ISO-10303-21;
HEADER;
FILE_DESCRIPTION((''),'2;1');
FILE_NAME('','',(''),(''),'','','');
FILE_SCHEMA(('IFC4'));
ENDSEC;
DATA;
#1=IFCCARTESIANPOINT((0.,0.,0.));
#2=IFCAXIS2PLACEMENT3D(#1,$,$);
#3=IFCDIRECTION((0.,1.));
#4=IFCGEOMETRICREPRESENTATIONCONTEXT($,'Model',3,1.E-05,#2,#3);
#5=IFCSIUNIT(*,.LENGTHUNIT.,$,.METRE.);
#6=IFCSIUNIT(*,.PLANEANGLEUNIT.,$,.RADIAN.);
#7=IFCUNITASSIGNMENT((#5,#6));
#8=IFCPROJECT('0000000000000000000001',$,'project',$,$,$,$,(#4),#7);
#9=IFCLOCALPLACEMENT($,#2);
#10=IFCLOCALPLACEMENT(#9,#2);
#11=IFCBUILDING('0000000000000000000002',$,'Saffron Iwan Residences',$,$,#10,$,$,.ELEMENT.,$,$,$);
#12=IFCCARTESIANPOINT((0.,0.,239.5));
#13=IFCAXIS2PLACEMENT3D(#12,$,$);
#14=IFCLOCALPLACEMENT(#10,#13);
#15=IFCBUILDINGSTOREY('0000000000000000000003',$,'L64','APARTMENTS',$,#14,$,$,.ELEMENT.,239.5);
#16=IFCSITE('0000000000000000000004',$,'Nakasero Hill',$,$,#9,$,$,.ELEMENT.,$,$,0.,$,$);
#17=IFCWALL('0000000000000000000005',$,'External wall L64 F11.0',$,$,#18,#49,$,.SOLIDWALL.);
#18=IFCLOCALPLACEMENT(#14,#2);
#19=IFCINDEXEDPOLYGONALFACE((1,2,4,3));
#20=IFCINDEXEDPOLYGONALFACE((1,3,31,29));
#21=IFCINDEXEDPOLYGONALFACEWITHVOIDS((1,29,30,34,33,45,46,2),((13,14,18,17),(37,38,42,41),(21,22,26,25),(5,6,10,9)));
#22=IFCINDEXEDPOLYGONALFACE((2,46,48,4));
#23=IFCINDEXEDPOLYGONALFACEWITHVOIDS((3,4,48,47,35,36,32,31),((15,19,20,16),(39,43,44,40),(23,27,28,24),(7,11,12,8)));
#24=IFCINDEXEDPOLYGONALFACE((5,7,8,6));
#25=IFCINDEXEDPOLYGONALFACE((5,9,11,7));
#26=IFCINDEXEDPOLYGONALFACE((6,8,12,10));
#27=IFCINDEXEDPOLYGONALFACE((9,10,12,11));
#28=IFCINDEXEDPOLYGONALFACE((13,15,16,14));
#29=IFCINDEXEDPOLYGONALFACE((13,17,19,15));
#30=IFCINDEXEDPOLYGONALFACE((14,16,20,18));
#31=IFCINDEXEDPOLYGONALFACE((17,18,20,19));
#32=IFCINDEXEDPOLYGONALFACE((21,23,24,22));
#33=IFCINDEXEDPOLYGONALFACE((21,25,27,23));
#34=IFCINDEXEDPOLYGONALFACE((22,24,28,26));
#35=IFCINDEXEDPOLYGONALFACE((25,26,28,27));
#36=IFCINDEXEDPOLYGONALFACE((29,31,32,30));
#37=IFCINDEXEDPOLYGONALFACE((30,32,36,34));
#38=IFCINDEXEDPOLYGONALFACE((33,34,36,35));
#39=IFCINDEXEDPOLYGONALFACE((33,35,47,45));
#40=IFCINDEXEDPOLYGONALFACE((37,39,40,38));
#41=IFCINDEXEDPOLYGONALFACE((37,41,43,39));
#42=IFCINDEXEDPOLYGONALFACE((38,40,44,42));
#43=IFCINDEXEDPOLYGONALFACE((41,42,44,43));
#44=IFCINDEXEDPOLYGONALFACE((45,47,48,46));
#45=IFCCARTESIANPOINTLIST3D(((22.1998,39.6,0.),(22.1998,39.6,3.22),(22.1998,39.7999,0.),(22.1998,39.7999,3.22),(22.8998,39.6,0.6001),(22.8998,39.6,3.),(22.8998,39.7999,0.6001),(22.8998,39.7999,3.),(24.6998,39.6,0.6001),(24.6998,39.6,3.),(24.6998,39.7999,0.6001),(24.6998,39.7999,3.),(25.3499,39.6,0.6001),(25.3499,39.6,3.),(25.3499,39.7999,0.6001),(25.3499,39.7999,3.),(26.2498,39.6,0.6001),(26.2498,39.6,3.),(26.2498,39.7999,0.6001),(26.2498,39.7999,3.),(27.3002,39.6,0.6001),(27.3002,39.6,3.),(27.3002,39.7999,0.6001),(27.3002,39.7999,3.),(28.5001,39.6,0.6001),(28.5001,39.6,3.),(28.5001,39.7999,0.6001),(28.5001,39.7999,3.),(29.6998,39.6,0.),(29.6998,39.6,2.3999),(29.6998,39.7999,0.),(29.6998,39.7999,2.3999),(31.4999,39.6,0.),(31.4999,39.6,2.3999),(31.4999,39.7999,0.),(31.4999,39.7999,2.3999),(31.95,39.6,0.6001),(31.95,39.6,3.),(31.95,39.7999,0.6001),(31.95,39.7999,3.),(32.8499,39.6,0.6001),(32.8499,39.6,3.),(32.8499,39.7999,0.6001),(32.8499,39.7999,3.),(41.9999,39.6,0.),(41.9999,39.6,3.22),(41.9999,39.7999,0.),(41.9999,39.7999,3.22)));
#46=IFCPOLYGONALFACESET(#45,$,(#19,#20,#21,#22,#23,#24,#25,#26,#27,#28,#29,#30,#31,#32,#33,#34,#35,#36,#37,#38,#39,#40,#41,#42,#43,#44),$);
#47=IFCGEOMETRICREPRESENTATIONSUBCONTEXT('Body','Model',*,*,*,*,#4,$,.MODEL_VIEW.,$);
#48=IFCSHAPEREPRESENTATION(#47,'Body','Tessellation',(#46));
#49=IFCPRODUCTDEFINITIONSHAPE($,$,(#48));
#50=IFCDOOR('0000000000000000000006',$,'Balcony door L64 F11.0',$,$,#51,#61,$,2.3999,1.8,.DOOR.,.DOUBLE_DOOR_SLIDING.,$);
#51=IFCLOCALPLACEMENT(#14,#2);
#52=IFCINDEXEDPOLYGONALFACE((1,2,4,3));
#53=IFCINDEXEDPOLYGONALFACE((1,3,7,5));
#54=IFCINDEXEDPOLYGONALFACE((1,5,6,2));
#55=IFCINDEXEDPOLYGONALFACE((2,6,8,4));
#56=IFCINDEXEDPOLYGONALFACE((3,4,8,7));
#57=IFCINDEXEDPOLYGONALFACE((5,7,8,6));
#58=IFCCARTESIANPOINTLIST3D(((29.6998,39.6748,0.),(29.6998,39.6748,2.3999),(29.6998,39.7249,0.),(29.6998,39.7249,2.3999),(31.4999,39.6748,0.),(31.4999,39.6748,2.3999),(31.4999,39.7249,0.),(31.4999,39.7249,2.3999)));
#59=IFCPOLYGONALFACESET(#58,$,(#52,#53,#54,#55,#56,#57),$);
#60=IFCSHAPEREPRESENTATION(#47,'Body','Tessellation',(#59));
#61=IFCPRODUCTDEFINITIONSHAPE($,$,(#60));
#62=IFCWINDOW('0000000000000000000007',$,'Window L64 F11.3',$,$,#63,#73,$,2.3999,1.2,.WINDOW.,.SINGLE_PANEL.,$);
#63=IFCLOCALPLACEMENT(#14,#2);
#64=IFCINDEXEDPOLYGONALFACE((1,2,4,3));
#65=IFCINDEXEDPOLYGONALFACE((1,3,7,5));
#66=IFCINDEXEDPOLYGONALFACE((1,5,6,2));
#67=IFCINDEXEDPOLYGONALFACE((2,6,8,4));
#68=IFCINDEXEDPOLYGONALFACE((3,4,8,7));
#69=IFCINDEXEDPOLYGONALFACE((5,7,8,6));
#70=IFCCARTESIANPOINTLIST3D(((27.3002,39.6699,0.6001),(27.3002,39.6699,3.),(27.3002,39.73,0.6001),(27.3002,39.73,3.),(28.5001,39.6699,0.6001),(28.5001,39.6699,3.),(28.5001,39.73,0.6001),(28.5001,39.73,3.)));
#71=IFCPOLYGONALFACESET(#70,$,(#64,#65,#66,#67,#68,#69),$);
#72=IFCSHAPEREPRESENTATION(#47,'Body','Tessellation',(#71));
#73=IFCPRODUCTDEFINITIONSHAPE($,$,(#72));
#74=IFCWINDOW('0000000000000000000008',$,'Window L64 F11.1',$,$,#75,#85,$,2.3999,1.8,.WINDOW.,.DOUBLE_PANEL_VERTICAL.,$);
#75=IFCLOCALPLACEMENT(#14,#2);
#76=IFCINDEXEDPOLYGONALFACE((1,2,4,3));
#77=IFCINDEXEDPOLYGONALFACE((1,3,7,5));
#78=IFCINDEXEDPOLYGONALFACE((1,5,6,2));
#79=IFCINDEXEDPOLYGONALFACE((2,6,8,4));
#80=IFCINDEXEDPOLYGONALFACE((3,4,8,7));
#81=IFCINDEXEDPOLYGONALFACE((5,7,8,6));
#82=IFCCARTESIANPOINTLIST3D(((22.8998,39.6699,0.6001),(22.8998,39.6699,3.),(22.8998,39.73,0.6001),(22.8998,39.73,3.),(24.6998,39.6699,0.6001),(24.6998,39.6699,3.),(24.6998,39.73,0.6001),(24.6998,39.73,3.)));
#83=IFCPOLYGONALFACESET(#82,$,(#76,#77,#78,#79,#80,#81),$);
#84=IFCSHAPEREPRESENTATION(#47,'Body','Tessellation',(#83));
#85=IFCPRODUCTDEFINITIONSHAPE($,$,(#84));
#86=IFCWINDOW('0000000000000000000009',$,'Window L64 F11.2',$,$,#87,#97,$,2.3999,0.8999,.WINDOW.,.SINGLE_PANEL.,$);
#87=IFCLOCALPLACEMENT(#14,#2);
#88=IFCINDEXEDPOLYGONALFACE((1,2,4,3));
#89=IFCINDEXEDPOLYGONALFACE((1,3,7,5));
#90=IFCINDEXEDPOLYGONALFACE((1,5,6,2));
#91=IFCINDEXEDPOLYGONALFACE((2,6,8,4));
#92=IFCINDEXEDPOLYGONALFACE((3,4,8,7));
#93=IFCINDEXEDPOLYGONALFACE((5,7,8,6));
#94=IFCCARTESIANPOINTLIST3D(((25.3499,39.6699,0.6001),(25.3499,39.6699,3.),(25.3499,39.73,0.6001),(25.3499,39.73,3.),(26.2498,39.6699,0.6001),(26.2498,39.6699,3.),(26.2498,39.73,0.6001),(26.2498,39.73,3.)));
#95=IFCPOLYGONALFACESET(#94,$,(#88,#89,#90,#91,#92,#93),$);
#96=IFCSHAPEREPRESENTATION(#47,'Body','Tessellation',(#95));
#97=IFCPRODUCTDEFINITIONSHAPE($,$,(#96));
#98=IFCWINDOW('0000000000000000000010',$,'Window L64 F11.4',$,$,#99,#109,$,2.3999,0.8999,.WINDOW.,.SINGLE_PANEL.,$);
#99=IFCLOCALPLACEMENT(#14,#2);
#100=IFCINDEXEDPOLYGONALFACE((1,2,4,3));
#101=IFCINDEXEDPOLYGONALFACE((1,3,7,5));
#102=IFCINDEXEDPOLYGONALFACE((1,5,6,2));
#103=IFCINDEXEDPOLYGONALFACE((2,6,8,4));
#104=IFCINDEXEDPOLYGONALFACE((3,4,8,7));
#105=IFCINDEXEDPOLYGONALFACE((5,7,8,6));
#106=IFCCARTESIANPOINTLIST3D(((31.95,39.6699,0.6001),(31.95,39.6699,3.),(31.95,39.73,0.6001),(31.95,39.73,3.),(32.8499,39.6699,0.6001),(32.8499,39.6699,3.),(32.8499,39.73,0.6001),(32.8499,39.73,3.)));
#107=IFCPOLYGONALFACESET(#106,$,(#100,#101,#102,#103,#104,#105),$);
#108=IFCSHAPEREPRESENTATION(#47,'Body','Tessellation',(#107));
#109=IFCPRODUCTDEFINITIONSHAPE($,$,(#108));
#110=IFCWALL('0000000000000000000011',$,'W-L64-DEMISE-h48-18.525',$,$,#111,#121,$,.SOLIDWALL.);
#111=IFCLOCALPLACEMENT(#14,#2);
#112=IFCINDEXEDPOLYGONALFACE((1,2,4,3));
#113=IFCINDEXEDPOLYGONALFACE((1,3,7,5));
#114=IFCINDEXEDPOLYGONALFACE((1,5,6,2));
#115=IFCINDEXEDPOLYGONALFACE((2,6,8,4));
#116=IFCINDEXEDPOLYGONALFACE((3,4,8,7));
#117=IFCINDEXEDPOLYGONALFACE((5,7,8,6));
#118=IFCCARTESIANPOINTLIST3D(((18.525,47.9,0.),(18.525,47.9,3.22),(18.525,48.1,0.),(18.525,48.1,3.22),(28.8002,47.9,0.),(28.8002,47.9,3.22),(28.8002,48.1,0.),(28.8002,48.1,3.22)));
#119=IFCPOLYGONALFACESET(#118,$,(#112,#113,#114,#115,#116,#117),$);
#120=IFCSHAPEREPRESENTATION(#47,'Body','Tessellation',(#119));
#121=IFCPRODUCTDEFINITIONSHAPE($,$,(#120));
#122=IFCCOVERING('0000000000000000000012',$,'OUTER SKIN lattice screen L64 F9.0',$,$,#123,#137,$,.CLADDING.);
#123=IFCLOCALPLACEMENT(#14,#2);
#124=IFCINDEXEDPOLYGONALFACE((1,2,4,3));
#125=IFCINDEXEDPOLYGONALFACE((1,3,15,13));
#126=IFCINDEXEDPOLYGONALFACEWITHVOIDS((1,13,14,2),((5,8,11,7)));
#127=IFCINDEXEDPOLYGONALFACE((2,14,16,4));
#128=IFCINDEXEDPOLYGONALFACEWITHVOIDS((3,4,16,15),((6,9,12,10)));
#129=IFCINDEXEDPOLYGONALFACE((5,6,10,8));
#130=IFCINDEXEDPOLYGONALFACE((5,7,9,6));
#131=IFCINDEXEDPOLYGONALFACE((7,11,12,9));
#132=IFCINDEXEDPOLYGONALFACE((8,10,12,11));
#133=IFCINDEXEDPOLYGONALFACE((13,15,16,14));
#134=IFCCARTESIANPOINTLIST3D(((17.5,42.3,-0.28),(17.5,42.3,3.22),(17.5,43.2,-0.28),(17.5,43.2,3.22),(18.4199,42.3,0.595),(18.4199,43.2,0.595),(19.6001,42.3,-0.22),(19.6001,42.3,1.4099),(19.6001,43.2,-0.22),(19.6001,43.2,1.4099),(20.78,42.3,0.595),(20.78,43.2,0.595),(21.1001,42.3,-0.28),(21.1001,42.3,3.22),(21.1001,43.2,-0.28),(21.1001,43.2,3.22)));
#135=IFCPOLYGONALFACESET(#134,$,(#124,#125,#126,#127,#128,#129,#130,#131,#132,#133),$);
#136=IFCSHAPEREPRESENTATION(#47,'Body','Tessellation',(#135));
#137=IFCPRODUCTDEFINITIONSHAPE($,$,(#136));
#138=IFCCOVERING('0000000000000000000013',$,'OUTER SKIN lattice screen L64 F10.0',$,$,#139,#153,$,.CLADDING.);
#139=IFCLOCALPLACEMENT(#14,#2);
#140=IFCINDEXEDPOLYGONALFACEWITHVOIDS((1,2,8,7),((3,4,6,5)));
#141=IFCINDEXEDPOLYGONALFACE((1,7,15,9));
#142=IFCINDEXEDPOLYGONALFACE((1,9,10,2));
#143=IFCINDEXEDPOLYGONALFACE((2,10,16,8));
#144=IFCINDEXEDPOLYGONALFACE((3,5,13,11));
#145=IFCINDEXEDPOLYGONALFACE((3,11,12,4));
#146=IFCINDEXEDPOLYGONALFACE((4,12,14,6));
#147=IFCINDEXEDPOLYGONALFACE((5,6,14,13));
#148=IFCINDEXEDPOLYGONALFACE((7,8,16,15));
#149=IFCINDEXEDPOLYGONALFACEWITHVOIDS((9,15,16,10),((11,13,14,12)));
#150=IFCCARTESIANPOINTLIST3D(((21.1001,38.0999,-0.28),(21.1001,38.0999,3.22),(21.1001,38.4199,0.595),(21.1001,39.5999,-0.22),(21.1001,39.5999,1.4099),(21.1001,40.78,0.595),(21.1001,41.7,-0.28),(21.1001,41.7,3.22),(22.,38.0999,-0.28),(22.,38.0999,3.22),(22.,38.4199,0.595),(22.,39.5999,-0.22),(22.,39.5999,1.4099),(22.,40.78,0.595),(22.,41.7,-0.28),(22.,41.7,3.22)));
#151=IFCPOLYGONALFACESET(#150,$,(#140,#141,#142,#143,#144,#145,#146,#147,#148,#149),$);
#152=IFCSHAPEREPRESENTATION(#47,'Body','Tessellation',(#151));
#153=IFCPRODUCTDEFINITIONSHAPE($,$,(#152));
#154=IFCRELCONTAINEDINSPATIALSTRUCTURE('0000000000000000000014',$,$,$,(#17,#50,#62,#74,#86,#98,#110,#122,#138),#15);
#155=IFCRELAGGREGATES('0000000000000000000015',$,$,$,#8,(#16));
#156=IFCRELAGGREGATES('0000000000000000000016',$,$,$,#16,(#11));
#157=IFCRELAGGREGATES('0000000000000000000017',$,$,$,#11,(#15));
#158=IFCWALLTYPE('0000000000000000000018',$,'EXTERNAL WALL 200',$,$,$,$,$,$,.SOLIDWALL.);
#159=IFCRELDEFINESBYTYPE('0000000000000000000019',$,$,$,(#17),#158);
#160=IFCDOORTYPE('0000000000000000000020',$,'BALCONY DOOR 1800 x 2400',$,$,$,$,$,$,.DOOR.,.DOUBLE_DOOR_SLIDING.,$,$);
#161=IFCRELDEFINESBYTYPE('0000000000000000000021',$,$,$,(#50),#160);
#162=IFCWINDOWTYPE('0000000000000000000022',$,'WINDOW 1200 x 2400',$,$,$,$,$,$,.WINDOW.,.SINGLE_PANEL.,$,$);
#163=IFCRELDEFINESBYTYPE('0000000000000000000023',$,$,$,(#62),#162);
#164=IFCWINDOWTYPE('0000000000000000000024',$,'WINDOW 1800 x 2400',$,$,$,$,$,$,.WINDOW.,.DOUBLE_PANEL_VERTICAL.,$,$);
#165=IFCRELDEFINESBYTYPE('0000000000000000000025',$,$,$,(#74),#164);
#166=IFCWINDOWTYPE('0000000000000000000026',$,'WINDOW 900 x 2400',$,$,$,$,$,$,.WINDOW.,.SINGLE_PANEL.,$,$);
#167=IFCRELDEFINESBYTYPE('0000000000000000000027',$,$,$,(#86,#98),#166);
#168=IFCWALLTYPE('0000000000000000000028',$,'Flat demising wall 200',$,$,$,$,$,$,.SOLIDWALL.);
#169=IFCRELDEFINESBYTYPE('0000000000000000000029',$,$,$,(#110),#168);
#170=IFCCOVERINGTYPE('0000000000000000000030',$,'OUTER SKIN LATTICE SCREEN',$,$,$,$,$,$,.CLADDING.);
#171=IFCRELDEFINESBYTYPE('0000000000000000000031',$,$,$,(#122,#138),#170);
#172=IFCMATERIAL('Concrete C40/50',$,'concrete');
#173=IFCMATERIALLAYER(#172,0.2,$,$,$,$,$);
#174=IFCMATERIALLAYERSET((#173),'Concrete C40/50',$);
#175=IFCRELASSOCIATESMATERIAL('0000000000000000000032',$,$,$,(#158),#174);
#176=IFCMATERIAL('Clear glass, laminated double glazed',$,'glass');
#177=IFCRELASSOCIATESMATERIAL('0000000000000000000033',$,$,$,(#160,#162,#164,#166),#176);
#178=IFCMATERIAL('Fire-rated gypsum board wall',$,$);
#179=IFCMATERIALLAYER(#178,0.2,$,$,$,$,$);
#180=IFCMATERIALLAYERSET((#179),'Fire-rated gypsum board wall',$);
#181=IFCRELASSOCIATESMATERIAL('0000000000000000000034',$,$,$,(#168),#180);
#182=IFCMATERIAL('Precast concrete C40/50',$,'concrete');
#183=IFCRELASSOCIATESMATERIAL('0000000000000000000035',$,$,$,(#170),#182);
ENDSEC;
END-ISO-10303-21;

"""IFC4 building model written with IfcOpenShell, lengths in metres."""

from ifc_helpers import new_model, si_unit, direction, frame, frame_2d, origin, place, context, subcontext, project, spatial, polyline, rectangle, outline, extrude, material, layer, layer_set, type_object, element, fill, save


model = new_model("IFC4")

# Units and contexts
model_context = context("Model", 3, precision=1e-05, world=origin(), true_north=direction((0.0, 1.0)))
body_context = subcontext(model_context, "Body", "Model", "MODEL_VIEW")
ifc_project = project(units=[si_unit("LENGTHUNIT", "METRE"), si_unit("PLANEANGLEUNIT", "RADIAN")], contexts=[model_context])

# Site, building, storey
site_placement = place(None, origin())
site = spatial("IfcSite", under=ifc_project, at=site_placement, Name="Nakasero Hill", CompositionType="ELEMENT", RefElevation=0.0)
building_placement = place(site_placement, origin())
building = spatial("IfcBuilding", under=site, at=building_placement, Name="Saffron Iwan Residences", CompositionType="ELEMENT")
storey_placement = place(building_placement, frame((0.0, 0.0, 239.5)))
storey = spatial("IfcBuildingStorey", under=building, at=storey_placement, Name="L64", Description="APARTMENTS", CompositionType="ELEMENT", Elevation=239.5)

# Shared definitions
ifc_material_1 = material(Name="Concrete C40/50", Category="concrete")

# Shared definitions
ifc_layer_1 = layer(ifc_material_1, 0.2)
ifc_layer_set_1 = layer_set([ifc_layer_1], Name="Concrete C40/50")
wall_type_1 = type_object("IfcWallType", Name="EXTERNAL WALL 200", PredefinedType="SOLIDWALL", material=ifc_layer_set_1)
ifc_material_2 = material(Name="Clear glass, laminated double glazed", Category="glass")

# Wall, openings, door, windows
wall_1_placement = place(storey_placement, frame((22.2, 39.7, 0.0), z_axis=(0.0, 0.0, 1.0), x_axis=(1.0, 0.0, 0.0)))
wall_1 = element("IfcWall", 1, at=wall_1_placement, inside=storey, type_object=wall_type_1, Name="External wall L64 F11.0", PredefinedType="SOLIDWALL", context=body_context, shape_type="SweptSolid", body=[
    extrude(rectangle(XDim=19.8, YDim=0.2, at=frame_2d((9.8999, 0.0))), origin(), (0.0, 0.0, 1.0), 3.22),
])
opening_1_placement = place(wall_1_placement, frame((7.5, 0.0, 0.0)))
opening_1 = element("IfcOpeningElement", 2, at=opening_1_placement, cuts=wall_1, PredefinedType="OPENING", context=body_context, shape_type="SweptSolid", body=[
    extrude(rectangle(XDim=1.8, YDim=2.3999, at=frame_2d((0.8999, 1.2))), frame((0.0, 0.1099, 0.0), z_axis=(0.0, -1.0, 0.0), x_axis=(1.0, 0.0, 0.0)), (0.0, 0.0, 1.0), 0.22),
])
opening_2_placement = place(wall_1_placement, frame((0.7, 0.0, 0.6001)))
opening_2 = element("IfcOpeningElement", 3, at=opening_2_placement, cuts=wall_1, PredefinedType="OPENING", context=body_context, shape_type="SweptSolid", body=[
    extrude(rectangle(XDim=1.8, YDim=2.3999, at=frame_2d((0.8999, 1.2))), frame((0.0, 0.1099, 0.0), z_axis=(0.0, -1.0, 0.0), x_axis=(1.0, 0.0, 0.0)), (0.0, 0.0, 1.0), 0.22),
])
opening_3_placement = place(wall_1_placement, frame((3.1499, 0.0, 0.6001)))
opening_3 = element("IfcOpeningElement", 4, at=opening_3_placement, cuts=wall_1, PredefinedType="OPENING", context=body_context, shape_type="SweptSolid", body=[
    extrude(rectangle(XDim=0.8999, YDim=2.3999, at=frame_2d((0.45, 1.2))), frame((0.0, 0.1099, 0.0), z_axis=(0.0, -1.0, 0.0), x_axis=(1.0, 0.0, 0.0)), (0.0, 0.0, 1.0), 0.22),
])
opening_4_placement = place(wall_1_placement, frame((5.1001, 0.0, 0.6001)))
opening_4 = element("IfcOpeningElement", 5, at=opening_4_placement, cuts=wall_1, PredefinedType="OPENING", context=body_context, shape_type="SweptSolid", body=[
    extrude(rectangle(XDim=1.2, YDim=2.3999, at=frame_2d((0.6001, 1.2))), frame((0.0, 0.1099, 0.0), z_axis=(0.0, -1.0, 0.0), x_axis=(1.0, 0.0, 0.0)), (0.0, 0.0, 1.0), 0.22),
])
opening_5_placement = place(wall_1_placement, frame((9.75, 0.0, 0.6001)))
opening_5 = element("IfcOpeningElement", 6, at=opening_5_placement, cuts=wall_1, PredefinedType="OPENING", context=body_context, shape_type="SweptSolid", body=[
    extrude(rectangle(XDim=0.8999, YDim=2.3999, at=frame_2d((0.45, 1.2))), frame((0.0, 0.1099, 0.0), z_axis=(0.0, -1.0, 0.0), x_axis=(1.0, 0.0, 0.0)), (0.0, 0.0, 1.0), 0.22),
])
door_type = type_object("IfcDoorType", Name="BALCONY DOOR 1800 x 2400", OperationType="DOUBLE_DOOR_SLIDING", PredefinedType="DOOR", material=ifc_material_2)
door_placement = place(opening_1_placement, origin())
door = element("IfcDoor", 7, at=door_placement, inside=storey, type_object=door_type, Name="Balcony door L64 F11.0", OperationType="DOUBLE_DOOR_SLIDING", OverallHeight=2.3999, OverallWidth=1.8, PredefinedType="DOOR", context=body_context, shape_type="SweptSolid", body=[
    extrude(rectangle(XDim=1.8, YDim=2.3999, at=frame_2d((0.8999, 1.2))), frame((0.0, 0.0249, 0.0), z_axis=(0.0, -1.0, 0.0), x_axis=(1.0, 0.0, 0.0)), (0.0, 0.0, 1.0), 0.05),
])
fill(opening_1, door)
window_type_1 = type_object("IfcWindowType", Name="WINDOW 1200 x 2400", PartitioningType="SINGLE_PANEL", PredefinedType="WINDOW", material=ifc_material_2)
window_1_placement = place(opening_4_placement, origin())
window_1 = element("IfcWindow", 8, at=window_1_placement, inside=storey, type_object=window_type_1, Name="Window L64 F11.3", OverallHeight=2.3999, OverallWidth=1.2, PartitioningType="SINGLE_PANEL", PredefinedType="WINDOW", context=body_context, shape_type="SweptSolid", body=[
    extrude(rectangle(XDim=1.2, YDim=2.3999, at=frame_2d((0.6001, 1.2))), frame((0.0, 0.03, 0.0), z_axis=(0.0, -1.0, 0.0), x_axis=(1.0, 0.0, 0.0)), (0.0, 0.0, 1.0), 0.0601),
])
fill(opening_4, window_1)
window_type_2 = type_object("IfcWindowType", Name="WINDOW 1800 x 2400", PartitioningType="DOUBLE_PANEL_VERTICAL", PredefinedType="WINDOW", material=ifc_material_2)
window_2_placement = place(opening_2_placement, origin())
window_2 = element("IfcWindow", 9, at=window_2_placement, inside=storey, type_object=window_type_2, Name="Window L64 F11.1", OverallHeight=2.3999, OverallWidth=1.8, PartitioningType="DOUBLE_PANEL_VERTICAL", PredefinedType="WINDOW", context=body_context, shape_type="SweptSolid", body=[
    extrude(rectangle(XDim=1.8, YDim=2.3999, at=frame_2d((0.8999, 1.2))), frame((0.0, 0.03, 0.0), z_axis=(0.0, -1.0, 0.0), x_axis=(1.0, 0.0, 0.0)), (0.0, 0.0, 1.0), 0.0601),
])
fill(opening_2, window_2)
window_type_3 = type_object("IfcWindowType", Name="WINDOW 900 x 2400", PartitioningType="SINGLE_PANEL", PredefinedType="WINDOW", material=ifc_material_2)
window_3_placement = place(opening_3_placement, origin())
window_3 = element("IfcWindow", 10, at=window_3_placement, inside=storey, type_object=window_type_3, Name="Window L64 F11.2", OverallHeight=2.3999, OverallWidth=0.8999, PartitioningType="SINGLE_PANEL", PredefinedType="WINDOW", context=body_context, shape_type="SweptSolid", body=[
    extrude(rectangle(XDim=0.8999, YDim=2.3999, at=frame_2d((0.45, 1.2))), frame((0.0, 0.03, 0.0), z_axis=(0.0, -1.0, 0.0), x_axis=(1.0, 0.0, 0.0)), (0.0, 0.0, 1.0), 0.0601),
])
fill(opening_3, window_3)
window_4_placement = place(opening_5_placement, origin())
window_4 = element("IfcWindow", 11, at=window_4_placement, inside=storey, type_object=window_type_3, Name="Window L64 F11.4", OverallHeight=2.3999, OverallWidth=0.8999, PartitioningType="SINGLE_PANEL", PredefinedType="WINDOW", context=body_context, shape_type="SweptSolid", body=[
    extrude(rectangle(XDim=0.8999, YDim=2.3999, at=frame_2d((0.45, 1.2))), frame((0.0, 0.03, 0.0), z_axis=(0.0, -1.0, 0.0), x_axis=(1.0, 0.0, 0.0)), (0.0, 0.0, 1.0), 0.0601),
])
fill(opening_5, window_4)

# Wall
ifc_material_3 = material(Name="Fire-rated gypsum board wall")
ifc_layer_2 = layer(ifc_material_3, 0.2)
ifc_layer_set_2 = layer_set([ifc_layer_2], Name="Fire-rated gypsum board wall")
wall_type_2 = type_object("IfcWallType", Name="Flat demising wall 200", PredefinedType="SOLIDWALL", material=ifc_layer_set_2)
wall_2_placement = place(storey_placement, frame((18.5249, 48.0, 0.0), z_axis=(0.0, 0.0, 1.0), x_axis=(1.0, 0.0, 0.0)))
element("IfcWall", 12, at=wall_2_placement, inside=storey, type_object=wall_type_2, Name="W-L64-DEMISE-h48-18.525", PredefinedType="SOLIDWALL", context=body_context, shape_type="SweptSolid", body=[
    extrude(rectangle(XDim=10.2751, YDim=0.2, at=frame_2d((5.1377, 0.0))), origin(), (0.0, 0.0, 1.0), 3.22),
])

# Coverings
ifc_material_4 = material(Name="Precast concrete C40/50", Category="concrete")
covering_type = type_object("IfcCoveringType", Name="OUTER SKIN LATTICE SCREEN", PredefinedType="CLADDING", material=ifc_material_4)
for number, where, z_axis, x_axis, name in (
    (13, (17.5, 43.2, -0.28), (0.0, -1.0, 0.0), (1.0, 0.0, 0.0), "OUTER SKIN lattice screen L64 F9.0"),
    (14, (22.0, 41.7, -0.28), (-1.0, 0.0, 0.0), (0.0, -1.0, 0.0), "OUTER SKIN lattice screen L64 F10.0"),
):
    element("IfcCovering", number, at=place(storey_placement, frame(where, z_axis=z_axis, x_axis=x_axis)), inside=storey, type_object=covering_type, Name=name, PredefinedType="CLADDING", context=body_context, shape_type="SweptSolid", body=[
        extrude(outline(polyline([(0.0, 0.0), (3.6001, 0.0), (3.6001, 3.5), (0.0, 3.5), (0.0, 0.0)]), holes=[polyline([(0.9199, 0.875), (2.1001, 0.0601), (3.28, 0.875), (2.1001, 1.6899), (0.9199, 0.875)])]), origin(), (0.0, 0.0, 1.0), 0.8999),
    ])

save(model, "model.ifc")
